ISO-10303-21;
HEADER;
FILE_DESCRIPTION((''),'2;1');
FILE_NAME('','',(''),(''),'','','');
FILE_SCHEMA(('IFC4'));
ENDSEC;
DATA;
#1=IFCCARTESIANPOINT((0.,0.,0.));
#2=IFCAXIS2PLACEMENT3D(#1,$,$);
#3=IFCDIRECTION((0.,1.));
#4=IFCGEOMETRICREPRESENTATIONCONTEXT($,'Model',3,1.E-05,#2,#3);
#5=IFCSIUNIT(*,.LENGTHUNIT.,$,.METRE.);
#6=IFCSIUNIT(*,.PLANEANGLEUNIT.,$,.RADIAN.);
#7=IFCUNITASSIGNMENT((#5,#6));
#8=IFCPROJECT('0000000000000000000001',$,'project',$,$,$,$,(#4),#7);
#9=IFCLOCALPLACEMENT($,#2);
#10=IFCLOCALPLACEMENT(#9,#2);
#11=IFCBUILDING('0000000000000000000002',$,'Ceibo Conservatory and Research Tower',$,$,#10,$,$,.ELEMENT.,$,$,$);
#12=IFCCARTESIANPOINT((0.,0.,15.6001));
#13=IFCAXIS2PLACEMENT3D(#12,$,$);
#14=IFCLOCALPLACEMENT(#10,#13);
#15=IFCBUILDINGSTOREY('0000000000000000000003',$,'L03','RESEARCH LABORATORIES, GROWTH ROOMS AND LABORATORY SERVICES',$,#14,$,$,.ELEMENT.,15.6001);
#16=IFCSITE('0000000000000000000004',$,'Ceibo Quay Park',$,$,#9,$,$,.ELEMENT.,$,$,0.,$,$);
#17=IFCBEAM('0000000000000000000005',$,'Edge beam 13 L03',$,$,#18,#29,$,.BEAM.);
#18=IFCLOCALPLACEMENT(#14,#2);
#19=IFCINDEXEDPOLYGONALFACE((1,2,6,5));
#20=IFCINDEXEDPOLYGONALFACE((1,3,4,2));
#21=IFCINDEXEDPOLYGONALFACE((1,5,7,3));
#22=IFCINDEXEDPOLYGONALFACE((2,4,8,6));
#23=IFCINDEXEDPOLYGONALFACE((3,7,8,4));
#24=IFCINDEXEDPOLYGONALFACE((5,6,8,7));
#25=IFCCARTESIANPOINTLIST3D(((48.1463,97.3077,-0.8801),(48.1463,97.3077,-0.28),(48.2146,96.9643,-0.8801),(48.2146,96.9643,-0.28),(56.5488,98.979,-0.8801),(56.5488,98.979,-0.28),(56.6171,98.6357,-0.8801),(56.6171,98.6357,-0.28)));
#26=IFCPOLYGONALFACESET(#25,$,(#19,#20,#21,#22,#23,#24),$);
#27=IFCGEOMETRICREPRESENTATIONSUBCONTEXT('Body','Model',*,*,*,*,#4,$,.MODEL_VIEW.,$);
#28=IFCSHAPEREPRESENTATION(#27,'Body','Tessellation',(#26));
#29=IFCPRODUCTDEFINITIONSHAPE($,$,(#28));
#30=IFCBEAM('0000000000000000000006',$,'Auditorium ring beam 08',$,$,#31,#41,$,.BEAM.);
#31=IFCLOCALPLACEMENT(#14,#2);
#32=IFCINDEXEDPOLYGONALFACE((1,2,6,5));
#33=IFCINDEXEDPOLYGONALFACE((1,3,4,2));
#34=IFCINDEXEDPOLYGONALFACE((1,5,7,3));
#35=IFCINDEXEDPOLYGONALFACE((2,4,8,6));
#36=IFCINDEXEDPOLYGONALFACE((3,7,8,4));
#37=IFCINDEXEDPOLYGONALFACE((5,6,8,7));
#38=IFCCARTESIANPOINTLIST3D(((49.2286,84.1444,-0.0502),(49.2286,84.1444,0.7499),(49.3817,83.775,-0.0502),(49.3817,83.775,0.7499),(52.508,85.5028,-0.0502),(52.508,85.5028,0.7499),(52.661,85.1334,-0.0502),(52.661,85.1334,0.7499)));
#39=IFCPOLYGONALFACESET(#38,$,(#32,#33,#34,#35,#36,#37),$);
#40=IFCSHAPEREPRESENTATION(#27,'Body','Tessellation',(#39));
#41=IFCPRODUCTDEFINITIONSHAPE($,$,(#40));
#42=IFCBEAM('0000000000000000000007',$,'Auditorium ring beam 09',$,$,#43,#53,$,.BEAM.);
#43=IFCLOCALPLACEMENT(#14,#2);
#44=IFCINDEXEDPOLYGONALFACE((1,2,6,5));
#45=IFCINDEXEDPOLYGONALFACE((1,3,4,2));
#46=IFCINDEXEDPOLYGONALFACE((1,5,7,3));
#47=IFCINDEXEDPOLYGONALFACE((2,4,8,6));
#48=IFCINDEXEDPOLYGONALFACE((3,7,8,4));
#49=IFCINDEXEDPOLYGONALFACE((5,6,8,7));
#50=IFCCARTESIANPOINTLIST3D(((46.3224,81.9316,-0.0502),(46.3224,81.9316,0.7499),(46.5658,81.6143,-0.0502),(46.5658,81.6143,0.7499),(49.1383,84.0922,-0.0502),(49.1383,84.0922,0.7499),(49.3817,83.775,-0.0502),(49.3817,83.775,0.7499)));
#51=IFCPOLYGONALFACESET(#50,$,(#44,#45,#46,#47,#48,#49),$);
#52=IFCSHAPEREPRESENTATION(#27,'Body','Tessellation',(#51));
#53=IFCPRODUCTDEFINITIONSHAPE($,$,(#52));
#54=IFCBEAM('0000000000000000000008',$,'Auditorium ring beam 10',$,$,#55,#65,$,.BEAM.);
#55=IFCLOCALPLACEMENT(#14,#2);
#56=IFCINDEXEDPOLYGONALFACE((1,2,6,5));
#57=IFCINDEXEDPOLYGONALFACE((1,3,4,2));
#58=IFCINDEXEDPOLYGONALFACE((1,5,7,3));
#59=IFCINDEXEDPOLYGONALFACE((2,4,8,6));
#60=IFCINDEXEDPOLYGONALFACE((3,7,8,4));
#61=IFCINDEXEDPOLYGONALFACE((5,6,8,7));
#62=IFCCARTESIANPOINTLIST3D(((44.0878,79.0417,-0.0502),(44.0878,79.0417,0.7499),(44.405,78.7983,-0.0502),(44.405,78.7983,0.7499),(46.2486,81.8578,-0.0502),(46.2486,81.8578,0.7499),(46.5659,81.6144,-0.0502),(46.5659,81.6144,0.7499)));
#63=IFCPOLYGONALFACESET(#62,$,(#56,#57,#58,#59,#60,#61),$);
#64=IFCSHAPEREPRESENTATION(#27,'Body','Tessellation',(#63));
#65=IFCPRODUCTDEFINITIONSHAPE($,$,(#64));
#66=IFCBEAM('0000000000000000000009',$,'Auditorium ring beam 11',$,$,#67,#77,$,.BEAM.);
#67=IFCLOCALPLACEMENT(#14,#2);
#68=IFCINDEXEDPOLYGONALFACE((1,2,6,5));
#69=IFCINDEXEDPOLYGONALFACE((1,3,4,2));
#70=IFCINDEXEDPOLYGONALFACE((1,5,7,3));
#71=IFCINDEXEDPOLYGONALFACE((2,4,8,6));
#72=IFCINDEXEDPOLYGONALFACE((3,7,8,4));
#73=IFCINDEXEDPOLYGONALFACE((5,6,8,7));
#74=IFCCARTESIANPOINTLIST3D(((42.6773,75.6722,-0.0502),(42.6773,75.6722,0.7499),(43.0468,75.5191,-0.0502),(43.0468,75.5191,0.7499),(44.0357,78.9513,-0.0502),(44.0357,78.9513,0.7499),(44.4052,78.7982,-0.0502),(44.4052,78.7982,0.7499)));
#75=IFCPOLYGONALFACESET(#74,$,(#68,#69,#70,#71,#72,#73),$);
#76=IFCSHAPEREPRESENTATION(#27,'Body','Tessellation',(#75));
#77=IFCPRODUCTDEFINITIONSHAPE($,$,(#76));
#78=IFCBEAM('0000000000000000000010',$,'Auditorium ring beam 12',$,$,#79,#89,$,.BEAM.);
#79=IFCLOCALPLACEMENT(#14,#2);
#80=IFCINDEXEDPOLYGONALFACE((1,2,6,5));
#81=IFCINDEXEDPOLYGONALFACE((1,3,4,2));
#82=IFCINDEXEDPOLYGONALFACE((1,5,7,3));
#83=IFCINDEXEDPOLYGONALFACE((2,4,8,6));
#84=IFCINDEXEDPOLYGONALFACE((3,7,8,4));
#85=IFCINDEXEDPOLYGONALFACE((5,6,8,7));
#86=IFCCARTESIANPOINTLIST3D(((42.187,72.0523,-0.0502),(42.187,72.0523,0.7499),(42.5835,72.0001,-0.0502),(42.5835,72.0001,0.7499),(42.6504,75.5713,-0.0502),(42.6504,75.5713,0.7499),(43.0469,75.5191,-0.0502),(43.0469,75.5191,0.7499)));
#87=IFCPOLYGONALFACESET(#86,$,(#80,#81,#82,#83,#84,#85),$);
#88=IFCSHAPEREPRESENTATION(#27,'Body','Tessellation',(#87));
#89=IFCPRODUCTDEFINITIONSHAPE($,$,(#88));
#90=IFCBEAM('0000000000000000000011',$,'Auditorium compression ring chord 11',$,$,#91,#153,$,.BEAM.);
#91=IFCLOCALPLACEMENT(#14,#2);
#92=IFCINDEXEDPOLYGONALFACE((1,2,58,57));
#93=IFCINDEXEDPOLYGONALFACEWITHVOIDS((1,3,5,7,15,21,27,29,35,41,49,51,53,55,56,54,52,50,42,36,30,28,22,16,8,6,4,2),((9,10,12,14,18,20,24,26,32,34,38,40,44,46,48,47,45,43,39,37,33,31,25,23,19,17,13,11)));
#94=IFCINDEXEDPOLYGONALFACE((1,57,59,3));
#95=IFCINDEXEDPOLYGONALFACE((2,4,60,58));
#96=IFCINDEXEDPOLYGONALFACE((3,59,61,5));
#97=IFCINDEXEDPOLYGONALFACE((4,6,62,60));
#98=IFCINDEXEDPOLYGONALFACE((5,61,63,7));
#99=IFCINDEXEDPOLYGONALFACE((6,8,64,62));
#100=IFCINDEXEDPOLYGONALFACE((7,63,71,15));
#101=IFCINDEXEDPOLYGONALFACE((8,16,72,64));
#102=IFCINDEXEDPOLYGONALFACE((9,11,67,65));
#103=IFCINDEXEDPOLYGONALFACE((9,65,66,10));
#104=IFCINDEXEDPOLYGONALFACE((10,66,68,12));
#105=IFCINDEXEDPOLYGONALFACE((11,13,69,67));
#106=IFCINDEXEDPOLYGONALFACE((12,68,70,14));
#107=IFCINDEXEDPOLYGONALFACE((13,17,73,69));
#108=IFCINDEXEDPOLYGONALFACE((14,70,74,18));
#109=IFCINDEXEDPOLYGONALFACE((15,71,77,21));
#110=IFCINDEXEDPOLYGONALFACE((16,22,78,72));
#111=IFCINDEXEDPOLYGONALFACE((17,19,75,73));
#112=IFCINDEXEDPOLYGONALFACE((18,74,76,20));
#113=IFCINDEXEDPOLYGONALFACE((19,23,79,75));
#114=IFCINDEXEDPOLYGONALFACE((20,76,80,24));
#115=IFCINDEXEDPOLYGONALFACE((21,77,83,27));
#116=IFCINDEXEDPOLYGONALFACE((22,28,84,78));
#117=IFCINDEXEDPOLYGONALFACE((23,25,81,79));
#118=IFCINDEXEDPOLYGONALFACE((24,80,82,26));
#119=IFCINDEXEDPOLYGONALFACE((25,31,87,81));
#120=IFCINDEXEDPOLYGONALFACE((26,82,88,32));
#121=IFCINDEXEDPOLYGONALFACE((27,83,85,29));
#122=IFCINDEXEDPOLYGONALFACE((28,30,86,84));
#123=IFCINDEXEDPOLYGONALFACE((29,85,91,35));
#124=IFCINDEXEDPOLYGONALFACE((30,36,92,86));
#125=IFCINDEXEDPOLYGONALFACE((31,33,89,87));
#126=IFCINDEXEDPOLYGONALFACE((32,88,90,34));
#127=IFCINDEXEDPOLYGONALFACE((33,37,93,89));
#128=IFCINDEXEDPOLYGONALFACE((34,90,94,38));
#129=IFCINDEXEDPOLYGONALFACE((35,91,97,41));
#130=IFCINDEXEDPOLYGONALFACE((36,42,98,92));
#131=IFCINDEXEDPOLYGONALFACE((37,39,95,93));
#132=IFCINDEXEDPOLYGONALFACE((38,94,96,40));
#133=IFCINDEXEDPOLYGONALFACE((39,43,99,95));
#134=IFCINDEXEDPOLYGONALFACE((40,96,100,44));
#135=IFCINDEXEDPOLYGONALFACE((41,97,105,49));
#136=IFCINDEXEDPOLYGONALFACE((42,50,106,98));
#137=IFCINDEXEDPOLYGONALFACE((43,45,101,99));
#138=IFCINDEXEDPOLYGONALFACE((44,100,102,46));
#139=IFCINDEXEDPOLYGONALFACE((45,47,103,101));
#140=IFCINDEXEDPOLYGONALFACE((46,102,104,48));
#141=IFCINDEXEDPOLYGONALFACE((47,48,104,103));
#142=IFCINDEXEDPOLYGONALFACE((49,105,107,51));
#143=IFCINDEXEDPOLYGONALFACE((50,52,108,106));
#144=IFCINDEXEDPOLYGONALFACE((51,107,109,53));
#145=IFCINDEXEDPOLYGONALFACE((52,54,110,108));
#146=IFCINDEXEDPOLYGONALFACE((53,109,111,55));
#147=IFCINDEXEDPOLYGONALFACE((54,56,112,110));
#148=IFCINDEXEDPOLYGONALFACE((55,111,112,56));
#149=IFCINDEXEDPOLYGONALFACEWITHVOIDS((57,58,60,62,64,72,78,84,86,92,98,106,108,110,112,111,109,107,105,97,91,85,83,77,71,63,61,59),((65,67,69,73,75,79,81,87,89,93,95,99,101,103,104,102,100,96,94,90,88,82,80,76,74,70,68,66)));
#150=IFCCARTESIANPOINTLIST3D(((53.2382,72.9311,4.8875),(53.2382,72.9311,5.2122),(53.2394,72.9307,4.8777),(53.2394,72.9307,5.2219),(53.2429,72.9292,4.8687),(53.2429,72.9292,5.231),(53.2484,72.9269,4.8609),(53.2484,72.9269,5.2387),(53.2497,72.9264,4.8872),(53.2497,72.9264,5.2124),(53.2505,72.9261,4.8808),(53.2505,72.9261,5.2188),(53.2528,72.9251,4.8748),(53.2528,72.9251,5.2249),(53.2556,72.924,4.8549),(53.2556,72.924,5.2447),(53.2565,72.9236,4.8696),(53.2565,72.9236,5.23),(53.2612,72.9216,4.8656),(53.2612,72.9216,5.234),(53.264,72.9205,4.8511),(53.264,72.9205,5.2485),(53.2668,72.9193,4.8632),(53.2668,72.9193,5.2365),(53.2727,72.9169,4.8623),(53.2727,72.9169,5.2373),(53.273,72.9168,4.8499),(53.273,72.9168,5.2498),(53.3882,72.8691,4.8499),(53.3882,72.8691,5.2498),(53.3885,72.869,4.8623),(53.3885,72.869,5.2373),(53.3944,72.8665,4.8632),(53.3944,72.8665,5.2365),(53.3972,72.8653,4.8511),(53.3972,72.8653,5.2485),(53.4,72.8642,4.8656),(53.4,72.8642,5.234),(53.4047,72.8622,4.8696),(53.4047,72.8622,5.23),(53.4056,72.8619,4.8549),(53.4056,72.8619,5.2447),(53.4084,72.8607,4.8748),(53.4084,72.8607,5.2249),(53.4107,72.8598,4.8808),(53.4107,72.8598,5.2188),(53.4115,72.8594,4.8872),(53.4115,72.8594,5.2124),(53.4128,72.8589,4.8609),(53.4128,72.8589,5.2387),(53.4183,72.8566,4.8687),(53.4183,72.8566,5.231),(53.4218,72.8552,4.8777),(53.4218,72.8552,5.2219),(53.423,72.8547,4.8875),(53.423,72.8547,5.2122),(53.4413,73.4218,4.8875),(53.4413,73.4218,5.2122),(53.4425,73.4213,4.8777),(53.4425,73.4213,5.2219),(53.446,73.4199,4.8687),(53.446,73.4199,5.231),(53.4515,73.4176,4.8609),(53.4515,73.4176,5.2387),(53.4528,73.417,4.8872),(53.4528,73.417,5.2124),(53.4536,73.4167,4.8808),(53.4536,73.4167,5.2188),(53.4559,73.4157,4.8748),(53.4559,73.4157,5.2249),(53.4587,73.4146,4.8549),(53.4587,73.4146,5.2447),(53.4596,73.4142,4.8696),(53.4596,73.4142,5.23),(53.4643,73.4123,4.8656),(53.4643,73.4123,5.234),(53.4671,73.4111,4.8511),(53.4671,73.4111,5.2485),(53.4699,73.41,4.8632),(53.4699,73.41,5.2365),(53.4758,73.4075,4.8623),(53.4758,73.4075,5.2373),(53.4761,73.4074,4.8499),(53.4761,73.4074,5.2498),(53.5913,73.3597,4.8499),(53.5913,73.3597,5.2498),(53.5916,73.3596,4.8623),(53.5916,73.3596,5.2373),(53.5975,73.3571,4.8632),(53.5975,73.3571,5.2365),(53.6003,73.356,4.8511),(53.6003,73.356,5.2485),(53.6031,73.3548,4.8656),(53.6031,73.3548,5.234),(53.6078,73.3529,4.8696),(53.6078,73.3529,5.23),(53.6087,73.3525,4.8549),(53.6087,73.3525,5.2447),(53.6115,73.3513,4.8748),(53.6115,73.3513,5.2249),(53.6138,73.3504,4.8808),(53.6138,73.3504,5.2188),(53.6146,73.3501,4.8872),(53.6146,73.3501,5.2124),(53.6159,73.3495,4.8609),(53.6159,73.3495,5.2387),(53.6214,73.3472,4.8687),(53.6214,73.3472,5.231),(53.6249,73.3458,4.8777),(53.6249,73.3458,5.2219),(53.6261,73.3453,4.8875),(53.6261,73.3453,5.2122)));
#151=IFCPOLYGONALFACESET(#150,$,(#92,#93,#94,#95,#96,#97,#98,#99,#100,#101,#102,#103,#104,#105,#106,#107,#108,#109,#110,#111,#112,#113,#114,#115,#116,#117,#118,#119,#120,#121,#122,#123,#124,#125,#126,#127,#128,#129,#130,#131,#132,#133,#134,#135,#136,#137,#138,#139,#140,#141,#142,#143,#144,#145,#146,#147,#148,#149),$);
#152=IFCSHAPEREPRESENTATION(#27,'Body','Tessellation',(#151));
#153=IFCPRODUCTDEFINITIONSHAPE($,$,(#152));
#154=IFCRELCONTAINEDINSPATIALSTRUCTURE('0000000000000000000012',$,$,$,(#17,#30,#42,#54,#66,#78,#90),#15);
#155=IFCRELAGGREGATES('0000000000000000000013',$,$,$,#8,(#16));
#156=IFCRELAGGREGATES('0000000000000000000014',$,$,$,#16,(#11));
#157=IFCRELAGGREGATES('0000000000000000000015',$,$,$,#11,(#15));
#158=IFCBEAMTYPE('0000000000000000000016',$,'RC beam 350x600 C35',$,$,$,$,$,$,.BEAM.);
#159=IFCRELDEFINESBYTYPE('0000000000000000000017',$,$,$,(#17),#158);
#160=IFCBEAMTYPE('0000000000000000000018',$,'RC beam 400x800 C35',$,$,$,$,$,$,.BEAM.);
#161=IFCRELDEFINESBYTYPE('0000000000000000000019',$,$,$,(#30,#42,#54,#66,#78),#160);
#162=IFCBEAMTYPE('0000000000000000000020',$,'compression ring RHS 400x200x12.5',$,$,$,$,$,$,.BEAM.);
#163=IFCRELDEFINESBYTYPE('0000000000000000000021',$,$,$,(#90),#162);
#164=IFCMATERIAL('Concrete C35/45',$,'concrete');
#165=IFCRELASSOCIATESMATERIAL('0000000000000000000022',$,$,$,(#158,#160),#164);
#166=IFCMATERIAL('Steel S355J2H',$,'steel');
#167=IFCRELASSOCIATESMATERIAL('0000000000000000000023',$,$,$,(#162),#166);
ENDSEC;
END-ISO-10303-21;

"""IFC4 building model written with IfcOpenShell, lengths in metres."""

from ifc_helpers import new_model, si_unit, direction, frame, origin, origin_2d, place, context, subcontext, project, spatial, rectangle, hollow_rectangle, extrude, material, material_profile, profile_set, type_object, element, save


model = new_model("IFC4")

# Units and contexts
model_context = context("Model", 3, precision=1e-05, world=origin(), true_north=direction((0.0, 1.0)))
body_context = subcontext(model_context, "Body", "Model", "MODEL_VIEW")
ifc_project = project(units=[si_unit("LENGTHUNIT", "METRE"), si_unit("PLANEANGLEUNIT", "RADIAN")], contexts=[model_context])

# Site, building, storey
site_placement = place(None, origin())
site = spatial("IfcSite", under=ifc_project, at=site_placement, Name="Ceibo Quay Park", CompositionType="ELEMENT", RefElevation=0.0)
building_placement = place(site_placement, origin())
building = spatial("IfcBuilding", under=site, at=building_placement, Name="Ceibo Conservatory and Research Tower", CompositionType="ELEMENT")
storey_placement = place(building_placement, frame((0.0, 0.0, 15.6001)))
storey = spatial("IfcBuildingStorey", under=building, at=storey_placement, Name="L03", Description="RESEARCH LABORATORIES, GROWTH ROOMS AND LABORATORY SERVICES", CompositionType="ELEMENT", Elevation=15.6001)

# Beams
ifc_material_1 = material(Name="Concrete C35/45", Category="concrete")
ifc_material_profile_1 = material_profile(ifc_material_1, rectangle(XDim=0.3501, YDim=0.6001, at=origin_2d()), Name="RC 350x600")
ifc_profile_set_1 = profile_set([ifc_material_profile_1], Name="Concrete C35/45")
beam_type_1 = type_object("IfcBeamType", Name="RC beam 350x600 C35", PredefinedType="BEAM", material=ifc_profile_set_1)
beam_1_placement = place(storey_placement, frame((48.1804, 97.136, -0.5801), z_axis=(0.980785, 0.195091, 0.0), x_axis=(-0.195091, 0.980785, 0.0)))
element("IfcBeam", 1, at=beam_1_placement, inside=storey, type_object=beam_type_1, Name="Edge beam 13 L03", PredefinedType="BEAM", context=body_context, shape_type="SweptSolid", body=[
    extrude(rectangle(XDim=0.3501, YDim=0.6001, at=origin_2d()), origin(), (0.0, 0.0, 1.0), 8.5671),
])
ifc_material_profile_2 = material_profile(ifc_material_1, rectangle(XDim=0.3999, YDim=0.8, at=origin_2d()), Name="RC 400x800")
ifc_profile_set_2 = profile_set([ifc_material_profile_2], Name="Concrete C35/45")
beam_type_2 = type_object("IfcBeamType", Name="RC beam 400x800 C35", PredefinedType="BEAM", material=ifc_profile_set_2)
beam_2_placement = place(storey_placement, frame((52.5845, 85.3181, 0.3499), z_axis=(-0.923873, -0.3827, 0.0), x_axis=(0.3827, -0.923873, 0.0)))
element("IfcBeam", 2, at=beam_2_placement, inside=storey, type_object=beam_type_2, Name="Auditorium ring beam 08", PredefinedType="BEAM", context=body_context, shape_type="SweptSolid", body=[
    extrude(rectangle(XDim=0.3999, YDim=0.8, at=origin_2d()), origin(), (0.0, 0.0, 1.0), 3.5496),
])
beam_3_placement = place(storey_placement, frame((49.26, 83.9336, 0.3499), z_axis=(-0.793365, -0.608746, 0.0), x_axis=(0.608746, -0.793365, 0.0)))
element("IfcBeam", 3, at=beam_3_placement, inside=storey, type_object=beam_type_2, Name="Auditorium ring beam 09", PredefinedType="BEAM", context=body_context, shape_type="SweptSolid", body=[
    extrude(rectangle(XDim=0.3999, YDim=0.8, at=origin_2d()), origin(), (0.0, 0.0, 1.0), 3.5493),
])
beam_4_placement = place(storey_placement, frame((46.4072, 81.7361, 0.3499), z_axis=(-0.608756, -0.793357, 0.0), x_axis=(0.793357, -0.608756, 0.0)))
element("IfcBeam", 4, at=beam_4_placement, inside=storey, type_object=beam_type_2, Name="Auditorium ring beam 10", PredefinedType="BEAM", context=body_context, shape_type="SweptSolid", body=[
    extrude(rectangle(XDim=0.3999, YDim=0.8, at=origin_2d()), origin(), (0.0, 0.0, 1.0), 3.5496),
])
for number, where, z_axis, x_axis, name in (
    (5, (44.2205, 78.8748, 0.3499), (-0.382724, -0.923863, 0.0), (0.923863, -0.382724, 0.0), "Auditorium ring beam 11"),
    (6, (42.8486, 75.5452, 0.3499), (-0.130551, -0.991442, 0.0), (0.991442, -0.130551, 0.0), "Auditorium ring beam 12"),
):
    element("IfcBeam", number, at=place(storey_placement, frame(where, z_axis=z_axis, x_axis=x_axis)), inside=storey, type_object=beam_type_2, Name=name, PredefinedType="BEAM", context=body_context, shape_type="SweptSolid", body=[
        extrude(rectangle(XDim=0.3999, YDim=0.8, at=origin_2d()), origin(), (0.0, 0.0, 1.0), 3.5493),
    ])
ifc_material_2 = material(Name="Steel S355J2H", Category="steel")
ifc_material_profile_3 = material_profile(ifc_material_2, hollow_rectangle(XDim=0.2, YDim=0.3999, WallThickness=0.0125, InnerFilletRadius=0.0249, OuterFilletRadius=0.0376, at=origin_2d()), Name="RHS 400x200x12.5")
ifc_profile_set_3 = profile_set([ifc_material_profile_3], Name="Steel S355J2H")
beam_type_3 = type_object("IfcBeamType", Name="compression ring RHS 400x200x12.5", PredefinedType="BEAM", material=ifc_profile_set_3)
for number, where, z_axis, x_axis, name in (
    (7, (53.5337, 73.3835, 5.0498), (-0.38246, -0.923972, 0.0), (0.923972, -0.38246, 0.0), "Auditorium compression ring chord 11"),
):
    element("IfcBeam", number, at=place(storey_placement, frame(where, z_axis=z_axis, x_axis=x_axis)), inside=storey, type_object=beam_type_3, Name=name, PredefinedType="BEAM", context=body_context, shape_type="SweptSolid", body=[
        extrude(hollow_rectangle(XDim=0.2, YDim=0.3999, WallThickness=0.0125, InnerFilletRadius=0.0249, OuterFilletRadius=0.0376, at=origin_2d()), origin(), (0.0, 0.0, 1.0), 0.531),
    ])

save(model, "model.ifc")
